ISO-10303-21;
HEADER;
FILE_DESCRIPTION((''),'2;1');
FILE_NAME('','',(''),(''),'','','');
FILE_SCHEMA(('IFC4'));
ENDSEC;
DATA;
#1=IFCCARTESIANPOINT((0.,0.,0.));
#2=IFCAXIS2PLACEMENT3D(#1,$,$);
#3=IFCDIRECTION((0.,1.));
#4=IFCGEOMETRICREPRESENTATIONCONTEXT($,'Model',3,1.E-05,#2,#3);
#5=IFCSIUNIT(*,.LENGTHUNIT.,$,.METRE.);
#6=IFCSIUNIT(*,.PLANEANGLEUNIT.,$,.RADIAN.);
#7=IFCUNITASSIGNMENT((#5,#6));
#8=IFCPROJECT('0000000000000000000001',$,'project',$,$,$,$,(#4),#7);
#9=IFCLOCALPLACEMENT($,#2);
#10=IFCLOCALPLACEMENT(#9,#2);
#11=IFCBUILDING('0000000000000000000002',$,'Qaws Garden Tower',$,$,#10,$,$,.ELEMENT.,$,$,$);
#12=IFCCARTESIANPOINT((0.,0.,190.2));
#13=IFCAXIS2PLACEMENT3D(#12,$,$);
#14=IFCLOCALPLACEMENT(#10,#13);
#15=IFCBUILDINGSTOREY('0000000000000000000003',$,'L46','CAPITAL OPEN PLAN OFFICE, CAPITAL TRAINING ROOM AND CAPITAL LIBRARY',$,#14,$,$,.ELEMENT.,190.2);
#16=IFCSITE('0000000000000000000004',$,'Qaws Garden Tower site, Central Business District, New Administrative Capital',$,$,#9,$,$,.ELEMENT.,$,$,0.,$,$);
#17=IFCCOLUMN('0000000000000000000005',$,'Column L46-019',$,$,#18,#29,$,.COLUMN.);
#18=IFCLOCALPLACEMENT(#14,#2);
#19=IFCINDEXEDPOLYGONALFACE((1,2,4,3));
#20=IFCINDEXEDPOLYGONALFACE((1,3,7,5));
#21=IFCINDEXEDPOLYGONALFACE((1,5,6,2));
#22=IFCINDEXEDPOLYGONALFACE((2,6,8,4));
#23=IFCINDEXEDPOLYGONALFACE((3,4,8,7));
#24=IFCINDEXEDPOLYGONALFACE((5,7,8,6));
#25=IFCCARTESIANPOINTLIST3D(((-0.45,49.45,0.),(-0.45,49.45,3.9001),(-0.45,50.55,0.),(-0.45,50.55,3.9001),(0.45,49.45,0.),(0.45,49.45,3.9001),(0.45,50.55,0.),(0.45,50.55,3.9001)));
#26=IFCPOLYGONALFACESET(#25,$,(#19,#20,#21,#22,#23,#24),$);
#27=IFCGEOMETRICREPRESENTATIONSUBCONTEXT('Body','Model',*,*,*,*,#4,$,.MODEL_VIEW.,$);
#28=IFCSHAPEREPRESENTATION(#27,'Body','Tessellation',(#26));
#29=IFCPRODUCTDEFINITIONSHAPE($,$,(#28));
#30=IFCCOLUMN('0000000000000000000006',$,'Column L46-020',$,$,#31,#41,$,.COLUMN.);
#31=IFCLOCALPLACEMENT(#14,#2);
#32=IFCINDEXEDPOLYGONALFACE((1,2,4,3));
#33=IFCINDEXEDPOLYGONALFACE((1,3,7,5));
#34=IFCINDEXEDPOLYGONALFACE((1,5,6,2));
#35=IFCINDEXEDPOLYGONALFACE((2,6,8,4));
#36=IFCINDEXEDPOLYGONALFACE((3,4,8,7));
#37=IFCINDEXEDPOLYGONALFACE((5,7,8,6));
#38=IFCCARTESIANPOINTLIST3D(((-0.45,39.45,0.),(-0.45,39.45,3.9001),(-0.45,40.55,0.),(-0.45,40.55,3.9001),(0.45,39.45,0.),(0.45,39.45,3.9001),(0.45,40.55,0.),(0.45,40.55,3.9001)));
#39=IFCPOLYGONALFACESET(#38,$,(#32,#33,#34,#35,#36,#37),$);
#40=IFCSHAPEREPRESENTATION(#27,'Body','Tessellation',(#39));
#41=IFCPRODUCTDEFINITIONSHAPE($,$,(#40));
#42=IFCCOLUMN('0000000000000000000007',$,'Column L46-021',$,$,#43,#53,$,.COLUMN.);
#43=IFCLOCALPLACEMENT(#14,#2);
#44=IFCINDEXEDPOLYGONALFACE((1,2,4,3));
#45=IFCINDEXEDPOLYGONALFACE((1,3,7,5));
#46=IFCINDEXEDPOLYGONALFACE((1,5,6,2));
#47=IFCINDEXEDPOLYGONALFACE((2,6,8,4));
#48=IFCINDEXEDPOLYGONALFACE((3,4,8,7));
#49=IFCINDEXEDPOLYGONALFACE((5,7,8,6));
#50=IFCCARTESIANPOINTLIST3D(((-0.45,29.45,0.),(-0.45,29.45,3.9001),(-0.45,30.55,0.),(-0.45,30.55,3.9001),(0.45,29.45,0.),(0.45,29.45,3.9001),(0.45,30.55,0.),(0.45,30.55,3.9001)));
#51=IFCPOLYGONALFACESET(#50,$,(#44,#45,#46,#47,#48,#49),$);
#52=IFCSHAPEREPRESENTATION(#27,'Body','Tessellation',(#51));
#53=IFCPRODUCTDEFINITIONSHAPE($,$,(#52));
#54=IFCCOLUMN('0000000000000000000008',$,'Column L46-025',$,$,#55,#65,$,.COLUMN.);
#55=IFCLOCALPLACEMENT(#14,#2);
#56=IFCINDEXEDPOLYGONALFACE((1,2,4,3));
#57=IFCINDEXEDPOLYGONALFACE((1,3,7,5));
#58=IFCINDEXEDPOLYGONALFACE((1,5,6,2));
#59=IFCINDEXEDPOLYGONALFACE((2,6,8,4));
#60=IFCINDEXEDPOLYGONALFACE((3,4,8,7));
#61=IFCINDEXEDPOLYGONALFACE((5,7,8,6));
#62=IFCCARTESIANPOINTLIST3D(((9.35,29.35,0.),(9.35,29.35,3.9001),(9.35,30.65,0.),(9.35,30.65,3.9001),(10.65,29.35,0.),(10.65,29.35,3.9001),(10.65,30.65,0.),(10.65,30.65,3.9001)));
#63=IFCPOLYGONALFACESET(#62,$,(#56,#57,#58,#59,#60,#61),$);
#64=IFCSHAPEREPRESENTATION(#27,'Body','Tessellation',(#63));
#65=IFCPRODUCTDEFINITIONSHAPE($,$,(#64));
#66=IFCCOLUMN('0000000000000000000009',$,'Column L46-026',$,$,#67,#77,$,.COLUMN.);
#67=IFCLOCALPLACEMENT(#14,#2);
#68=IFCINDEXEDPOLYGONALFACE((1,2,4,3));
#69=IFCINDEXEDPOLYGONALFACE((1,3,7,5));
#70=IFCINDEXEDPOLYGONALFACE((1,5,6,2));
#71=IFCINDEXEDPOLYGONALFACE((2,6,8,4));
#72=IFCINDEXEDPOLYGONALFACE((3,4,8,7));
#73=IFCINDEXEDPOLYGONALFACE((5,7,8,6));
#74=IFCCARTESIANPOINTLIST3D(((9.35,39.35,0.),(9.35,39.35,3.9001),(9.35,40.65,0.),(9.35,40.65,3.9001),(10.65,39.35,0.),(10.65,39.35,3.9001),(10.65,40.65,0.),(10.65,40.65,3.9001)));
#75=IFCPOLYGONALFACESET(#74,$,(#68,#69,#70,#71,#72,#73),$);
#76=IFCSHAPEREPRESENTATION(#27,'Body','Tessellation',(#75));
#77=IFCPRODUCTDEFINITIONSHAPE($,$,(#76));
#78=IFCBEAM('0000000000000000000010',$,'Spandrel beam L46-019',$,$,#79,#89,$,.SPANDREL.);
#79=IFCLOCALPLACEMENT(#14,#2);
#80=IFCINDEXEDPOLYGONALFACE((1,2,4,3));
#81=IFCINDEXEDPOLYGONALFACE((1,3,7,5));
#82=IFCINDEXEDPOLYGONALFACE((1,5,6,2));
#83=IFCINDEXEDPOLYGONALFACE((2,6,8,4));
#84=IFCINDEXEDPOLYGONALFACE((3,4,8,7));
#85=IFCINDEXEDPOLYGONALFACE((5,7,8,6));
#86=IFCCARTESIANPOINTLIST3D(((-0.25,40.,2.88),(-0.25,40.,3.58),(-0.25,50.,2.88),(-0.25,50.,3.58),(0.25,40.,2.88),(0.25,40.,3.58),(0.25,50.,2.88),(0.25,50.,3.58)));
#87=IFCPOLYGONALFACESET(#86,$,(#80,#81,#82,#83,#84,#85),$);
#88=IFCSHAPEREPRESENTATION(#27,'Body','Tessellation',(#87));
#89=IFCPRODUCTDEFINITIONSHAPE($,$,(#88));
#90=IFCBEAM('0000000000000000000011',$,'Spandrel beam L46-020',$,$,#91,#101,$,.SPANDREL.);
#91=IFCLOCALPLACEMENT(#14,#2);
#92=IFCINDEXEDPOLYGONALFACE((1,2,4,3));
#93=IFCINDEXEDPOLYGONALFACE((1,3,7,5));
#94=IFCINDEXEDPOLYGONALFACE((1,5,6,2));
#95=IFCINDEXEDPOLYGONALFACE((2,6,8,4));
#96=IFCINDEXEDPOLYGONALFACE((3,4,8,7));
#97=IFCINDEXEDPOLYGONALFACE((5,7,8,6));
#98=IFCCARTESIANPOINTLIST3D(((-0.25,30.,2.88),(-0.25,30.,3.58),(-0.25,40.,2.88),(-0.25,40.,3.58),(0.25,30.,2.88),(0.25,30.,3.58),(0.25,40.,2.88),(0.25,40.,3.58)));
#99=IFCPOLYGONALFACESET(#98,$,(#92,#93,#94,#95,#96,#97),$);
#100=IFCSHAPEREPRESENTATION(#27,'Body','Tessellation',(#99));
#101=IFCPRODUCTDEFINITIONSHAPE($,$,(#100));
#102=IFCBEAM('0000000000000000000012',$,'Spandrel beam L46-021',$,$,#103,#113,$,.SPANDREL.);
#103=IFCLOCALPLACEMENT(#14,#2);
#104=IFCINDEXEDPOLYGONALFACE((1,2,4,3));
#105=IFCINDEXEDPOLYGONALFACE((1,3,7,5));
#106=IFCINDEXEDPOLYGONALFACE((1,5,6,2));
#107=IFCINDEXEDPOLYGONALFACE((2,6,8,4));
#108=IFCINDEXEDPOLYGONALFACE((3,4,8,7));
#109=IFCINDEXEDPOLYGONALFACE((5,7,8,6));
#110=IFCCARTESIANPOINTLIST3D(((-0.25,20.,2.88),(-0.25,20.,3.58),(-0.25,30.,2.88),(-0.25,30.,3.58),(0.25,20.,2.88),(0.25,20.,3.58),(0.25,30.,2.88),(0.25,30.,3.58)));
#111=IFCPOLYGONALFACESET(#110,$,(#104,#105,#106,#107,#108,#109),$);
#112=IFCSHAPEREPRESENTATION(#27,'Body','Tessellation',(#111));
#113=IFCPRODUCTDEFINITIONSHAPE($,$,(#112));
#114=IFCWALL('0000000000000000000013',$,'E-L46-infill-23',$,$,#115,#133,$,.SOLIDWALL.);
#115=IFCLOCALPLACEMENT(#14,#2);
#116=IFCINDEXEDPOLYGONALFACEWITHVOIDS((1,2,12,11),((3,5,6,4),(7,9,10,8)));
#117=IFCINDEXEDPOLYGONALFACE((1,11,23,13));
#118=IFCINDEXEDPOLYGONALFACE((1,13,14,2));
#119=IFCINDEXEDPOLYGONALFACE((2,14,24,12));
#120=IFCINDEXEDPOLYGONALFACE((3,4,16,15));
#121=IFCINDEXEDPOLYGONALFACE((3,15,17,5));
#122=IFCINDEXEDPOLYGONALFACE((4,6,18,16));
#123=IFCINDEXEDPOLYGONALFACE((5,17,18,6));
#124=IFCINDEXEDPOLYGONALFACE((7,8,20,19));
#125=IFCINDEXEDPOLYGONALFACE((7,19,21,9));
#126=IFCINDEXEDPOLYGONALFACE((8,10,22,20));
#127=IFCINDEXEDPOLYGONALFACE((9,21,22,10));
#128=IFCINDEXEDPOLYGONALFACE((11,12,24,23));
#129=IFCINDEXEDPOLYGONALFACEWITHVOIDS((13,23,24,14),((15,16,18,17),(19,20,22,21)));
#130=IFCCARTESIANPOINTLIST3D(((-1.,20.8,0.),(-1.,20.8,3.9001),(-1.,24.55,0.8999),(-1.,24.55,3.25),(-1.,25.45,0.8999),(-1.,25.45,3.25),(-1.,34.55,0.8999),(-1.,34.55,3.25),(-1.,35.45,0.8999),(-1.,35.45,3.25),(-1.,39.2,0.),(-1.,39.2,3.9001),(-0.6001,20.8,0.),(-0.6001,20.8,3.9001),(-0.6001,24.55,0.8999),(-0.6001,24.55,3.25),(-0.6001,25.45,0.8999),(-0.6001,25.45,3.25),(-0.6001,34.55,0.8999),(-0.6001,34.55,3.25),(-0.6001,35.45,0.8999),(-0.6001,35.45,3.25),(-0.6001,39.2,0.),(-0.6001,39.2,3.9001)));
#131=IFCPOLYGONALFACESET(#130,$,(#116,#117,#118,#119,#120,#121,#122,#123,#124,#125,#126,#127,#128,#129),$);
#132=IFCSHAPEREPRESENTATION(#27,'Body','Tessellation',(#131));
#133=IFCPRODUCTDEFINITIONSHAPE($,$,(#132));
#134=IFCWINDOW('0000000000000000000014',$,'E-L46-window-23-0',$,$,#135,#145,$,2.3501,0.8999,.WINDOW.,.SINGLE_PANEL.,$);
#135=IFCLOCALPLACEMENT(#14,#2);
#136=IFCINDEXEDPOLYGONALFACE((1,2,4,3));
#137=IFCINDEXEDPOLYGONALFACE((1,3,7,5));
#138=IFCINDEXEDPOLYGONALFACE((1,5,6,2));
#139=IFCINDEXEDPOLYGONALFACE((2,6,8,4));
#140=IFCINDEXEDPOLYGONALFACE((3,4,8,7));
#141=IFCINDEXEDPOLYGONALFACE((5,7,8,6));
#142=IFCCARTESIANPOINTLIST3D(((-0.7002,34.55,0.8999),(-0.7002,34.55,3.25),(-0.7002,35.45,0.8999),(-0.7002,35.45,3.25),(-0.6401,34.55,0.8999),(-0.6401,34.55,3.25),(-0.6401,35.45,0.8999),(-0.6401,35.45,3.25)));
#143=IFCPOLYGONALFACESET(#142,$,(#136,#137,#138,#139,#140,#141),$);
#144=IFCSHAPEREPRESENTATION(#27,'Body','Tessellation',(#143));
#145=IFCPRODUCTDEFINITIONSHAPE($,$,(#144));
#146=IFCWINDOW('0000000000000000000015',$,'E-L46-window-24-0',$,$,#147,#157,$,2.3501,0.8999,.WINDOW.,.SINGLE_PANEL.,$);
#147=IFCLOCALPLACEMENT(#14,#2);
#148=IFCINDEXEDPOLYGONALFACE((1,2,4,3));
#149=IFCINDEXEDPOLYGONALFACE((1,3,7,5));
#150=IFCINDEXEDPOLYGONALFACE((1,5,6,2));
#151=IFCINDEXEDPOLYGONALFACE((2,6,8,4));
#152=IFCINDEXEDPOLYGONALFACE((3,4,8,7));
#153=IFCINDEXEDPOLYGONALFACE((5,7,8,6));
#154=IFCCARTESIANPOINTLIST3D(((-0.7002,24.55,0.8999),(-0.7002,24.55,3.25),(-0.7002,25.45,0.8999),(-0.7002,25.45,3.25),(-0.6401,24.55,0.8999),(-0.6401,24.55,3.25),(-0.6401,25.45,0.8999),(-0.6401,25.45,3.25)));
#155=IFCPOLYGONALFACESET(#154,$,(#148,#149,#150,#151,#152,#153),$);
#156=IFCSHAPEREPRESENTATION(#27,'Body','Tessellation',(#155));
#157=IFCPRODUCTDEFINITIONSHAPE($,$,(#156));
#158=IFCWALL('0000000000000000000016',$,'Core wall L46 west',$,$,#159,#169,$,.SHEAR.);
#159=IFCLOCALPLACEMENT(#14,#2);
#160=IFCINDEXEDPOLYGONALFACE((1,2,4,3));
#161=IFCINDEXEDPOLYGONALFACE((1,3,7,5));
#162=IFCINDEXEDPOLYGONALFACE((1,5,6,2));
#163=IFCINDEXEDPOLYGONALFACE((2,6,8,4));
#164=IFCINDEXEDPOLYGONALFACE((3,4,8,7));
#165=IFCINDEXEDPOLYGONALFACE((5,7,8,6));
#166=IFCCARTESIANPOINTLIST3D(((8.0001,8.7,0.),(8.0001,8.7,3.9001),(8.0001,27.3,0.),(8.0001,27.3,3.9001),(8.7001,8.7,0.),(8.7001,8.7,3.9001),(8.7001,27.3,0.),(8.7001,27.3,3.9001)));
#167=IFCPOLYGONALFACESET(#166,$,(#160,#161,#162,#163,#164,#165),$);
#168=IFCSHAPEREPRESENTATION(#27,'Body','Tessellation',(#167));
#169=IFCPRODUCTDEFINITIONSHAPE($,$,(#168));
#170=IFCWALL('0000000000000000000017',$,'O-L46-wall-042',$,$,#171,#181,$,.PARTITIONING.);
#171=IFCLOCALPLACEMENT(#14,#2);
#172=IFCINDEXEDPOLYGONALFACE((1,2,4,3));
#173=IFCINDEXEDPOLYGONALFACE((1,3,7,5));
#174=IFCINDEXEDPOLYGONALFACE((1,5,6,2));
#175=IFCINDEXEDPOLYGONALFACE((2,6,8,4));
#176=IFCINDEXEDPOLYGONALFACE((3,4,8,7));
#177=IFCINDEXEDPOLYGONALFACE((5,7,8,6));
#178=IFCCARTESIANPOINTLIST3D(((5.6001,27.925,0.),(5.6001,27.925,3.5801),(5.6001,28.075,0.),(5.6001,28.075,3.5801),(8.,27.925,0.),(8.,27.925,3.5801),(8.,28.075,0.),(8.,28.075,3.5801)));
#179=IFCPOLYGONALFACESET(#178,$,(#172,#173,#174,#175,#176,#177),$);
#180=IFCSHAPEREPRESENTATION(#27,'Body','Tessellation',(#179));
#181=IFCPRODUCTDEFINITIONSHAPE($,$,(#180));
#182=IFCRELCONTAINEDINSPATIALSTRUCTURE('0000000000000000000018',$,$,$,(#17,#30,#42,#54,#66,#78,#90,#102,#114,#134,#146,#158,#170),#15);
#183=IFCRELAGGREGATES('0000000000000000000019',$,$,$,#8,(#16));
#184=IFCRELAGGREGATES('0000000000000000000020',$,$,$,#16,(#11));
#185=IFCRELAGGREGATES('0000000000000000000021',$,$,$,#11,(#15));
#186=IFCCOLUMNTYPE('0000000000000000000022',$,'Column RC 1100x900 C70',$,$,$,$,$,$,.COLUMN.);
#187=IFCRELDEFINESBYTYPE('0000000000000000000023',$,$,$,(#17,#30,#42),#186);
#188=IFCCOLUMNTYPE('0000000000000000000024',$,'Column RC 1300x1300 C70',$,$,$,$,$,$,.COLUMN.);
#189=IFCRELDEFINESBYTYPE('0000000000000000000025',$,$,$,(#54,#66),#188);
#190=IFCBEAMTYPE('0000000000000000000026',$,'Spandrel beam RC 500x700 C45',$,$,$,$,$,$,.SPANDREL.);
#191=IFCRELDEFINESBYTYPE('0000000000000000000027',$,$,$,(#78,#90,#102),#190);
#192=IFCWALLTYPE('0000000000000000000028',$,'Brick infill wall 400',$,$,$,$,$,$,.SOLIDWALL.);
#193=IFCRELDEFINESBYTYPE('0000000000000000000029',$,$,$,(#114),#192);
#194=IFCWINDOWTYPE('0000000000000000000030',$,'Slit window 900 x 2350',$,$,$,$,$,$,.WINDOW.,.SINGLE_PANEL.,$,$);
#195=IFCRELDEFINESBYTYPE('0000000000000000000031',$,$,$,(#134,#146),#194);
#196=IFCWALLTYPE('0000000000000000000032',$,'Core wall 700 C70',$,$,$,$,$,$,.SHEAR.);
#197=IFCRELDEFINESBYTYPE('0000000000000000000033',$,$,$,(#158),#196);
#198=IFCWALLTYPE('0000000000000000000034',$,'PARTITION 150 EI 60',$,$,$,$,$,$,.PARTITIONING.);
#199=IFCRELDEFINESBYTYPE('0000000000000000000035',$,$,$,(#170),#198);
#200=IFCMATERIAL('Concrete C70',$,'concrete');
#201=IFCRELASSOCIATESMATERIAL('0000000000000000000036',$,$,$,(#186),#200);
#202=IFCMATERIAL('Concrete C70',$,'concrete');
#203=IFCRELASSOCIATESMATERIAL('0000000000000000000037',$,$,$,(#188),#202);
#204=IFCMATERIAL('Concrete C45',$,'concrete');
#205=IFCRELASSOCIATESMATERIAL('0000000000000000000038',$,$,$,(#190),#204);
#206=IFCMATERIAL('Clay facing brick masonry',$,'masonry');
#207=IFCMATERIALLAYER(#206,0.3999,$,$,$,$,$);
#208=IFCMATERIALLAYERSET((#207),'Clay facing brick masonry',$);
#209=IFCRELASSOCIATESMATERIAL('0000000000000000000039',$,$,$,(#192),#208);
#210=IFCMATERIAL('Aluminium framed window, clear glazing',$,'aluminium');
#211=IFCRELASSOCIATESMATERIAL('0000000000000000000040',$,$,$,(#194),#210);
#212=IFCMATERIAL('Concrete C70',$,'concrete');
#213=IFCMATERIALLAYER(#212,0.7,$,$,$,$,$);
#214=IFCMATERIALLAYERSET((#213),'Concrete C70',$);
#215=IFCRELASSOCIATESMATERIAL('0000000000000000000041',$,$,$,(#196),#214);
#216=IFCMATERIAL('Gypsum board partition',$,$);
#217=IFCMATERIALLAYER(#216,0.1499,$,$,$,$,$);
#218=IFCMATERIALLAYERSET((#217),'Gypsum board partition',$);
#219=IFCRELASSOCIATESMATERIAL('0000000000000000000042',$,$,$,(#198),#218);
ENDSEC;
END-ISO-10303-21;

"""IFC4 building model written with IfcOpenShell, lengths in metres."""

from ifc_helpers import new_model, si_unit, direction, frame, frame_2d, origin, origin_2d, place, context, subcontext, project, spatial, rectangle, extrude, material, layer, layer_set, material_profile, profile_set, type_object, element, fill, save


model = new_model("IFC4")

# Units and contexts
model_context = context("Model", 3, precision=1e-05, world=origin(), true_north=direction((0.0, 1.0)))
body_context = subcontext(model_context, "Body", "Model", "MODEL_VIEW")
ifc_project = project(units=[si_unit("LENGTHUNIT", "METRE"), si_unit("PLANEANGLEUNIT", "RADIAN")], contexts=[model_context])

# Site, building, storey
site_placement = place(None, origin())
site = spatial("IfcSite", under=ifc_project, at=site_placement, Name="Qaws Garden Tower site, Central Business District, New Administrative Capital", CompositionType="ELEMENT", RefElevation=0.0)
building_placement = place(site_placement, origin())
building = spatial("IfcBuilding", under=site, at=building_placement, Name="Qaws Garden Tower", CompositionType="ELEMENT")
storey_placement = place(building_placement, frame((0.0, 0.0, 190.2)))
storey = spatial("IfcBuildingStorey", under=building, at=storey_placement, Name="L46", Description="CAPITAL OPEN PLAN OFFICE, CAPITAL TRAINING ROOM AND CAPITAL LIBRARY", CompositionType="ELEMENT", Elevation=190.2)

# Columns
ifc_material_1 = material(Name="Concrete C70", Category="concrete")
ifc_material_profile_1 = material_profile(ifc_material_1, rectangle(XDim=1.1001, YDim=0.8999, at=origin_2d()), Name="RC 1100x900")
ifc_profile_set_1 = profile_set([ifc_material_profile_1], Name="Concrete C70")
column_type_1 = type_object("IfcColumnType", Name="Column RC 1100x900 C70", PredefinedType="COLUMN", material=ifc_profile_set_1)
for number, where, z_axis, x_axis, name in (
    (1, (0.0, 50.0, 0.0), (0.0, 0.0, 1.0), (0.0, 1.0, 0.0), "Column L46-019"),
    (2, (0.0, 40.0, 0.0), (0.0, 0.0, 1.0), (0.0, 1.0, 0.0), "Column L46-020"),
    (3, (0.0, 30.0, 0.0), (0.0, 0.0, 1.0), (0.0, 1.0, 0.0), "Column L46-021"),
):
    element("IfcColumn", number, at=place(storey_placement, frame(where, z_axis=z_axis, x_axis=x_axis)), inside=storey, type_object=column_type_1, Name=name, PredefinedType="COLUMN", context=body_context, shape_type="SweptSolid", body=[
        extrude(rectangle(XDim=1.1001, YDim=0.8999, at=origin_2d()), origin(), (0.0, 0.0, 1.0), 3.9001),
    ])
ifc_material_2 = material(Name="Concrete C70", Category="concrete")
ifc_material_profile_2 = material_profile(ifc_material_2, rectangle(XDim=1.3, YDim=1.3, at=origin_2d()), Name="RC 1300x1300")
ifc_profile_set_2 = profile_set([ifc_material_profile_2], Name="Concrete C70")
column_type_2 = type_object("IfcColumnType", Name="Column RC 1300x1300 C70", PredefinedType="COLUMN", material=ifc_profile_set_2)
for number, where, z_axis, x_axis, name in (
    (4, (10.0, 30.0, 0.0), (0.0, 0.0, 1.0), (1.0, 0.0, 0.0), "Column L46-025"),
    (5, (10.0, 40.0, 0.0), (0.0, 0.0, 1.0), (1.0, 0.0, 0.0), "Column L46-026"),
):
    element("IfcColumn", number, at=place(storey_placement, frame(where, z_axis=z_axis, x_axis=x_axis)), inside=storey, type_object=column_type_2, Name=name, PredefinedType="COLUMN", context=body_context, shape_type="SweptSolid", body=[
        extrude(rectangle(XDim=1.3, YDim=1.3, at=origin_2d()), origin(), (0.0, 0.0, 1.0), 3.9001),
    ])

# Beams
ifc_material_3 = material(Name="Concrete C45", Category="concrete")
ifc_material_profile_3 = material_profile(ifc_material_3, rectangle(XDim=0.5, YDim=0.7, at=origin_2d()), Name="RC 500x700")
ifc_profile_set_3 = profile_set([ifc_material_profile_3], Name="Concrete C45")
beam_type = type_object("IfcBeamType", Name="Spandrel beam RC 500x700 C45", PredefinedType="SPANDREL", material=ifc_profile_set_3)
for number, where, z_axis, x_axis, name in (
    (6, (0.0, 50.0, 3.23), (0.0, -1.0, 0.0), (1.0, 0.0, 0.0), "Spandrel beam L46-019"),
    (7, (0.0, 40.0, 3.23), (0.0, -1.0, 0.0), (1.0, 0.0, 0.0), "Spandrel beam L46-020"),
    (8, (0.0, 30.0, 3.23), (0.0, -1.0, 0.0), (1.0, 0.0, 0.0), "Spandrel beam L46-021"),
):
    element("IfcBeam", number, at=place(storey_placement, frame(where, z_axis=z_axis, x_axis=x_axis)), inside=storey, type_object=beam_type, Name=name, PredefinedType="SPANDREL", context=body_context, shape_type="SweptSolid", body=[
        extrude(rectangle(XDim=0.5, YDim=0.7, at=origin_2d()), origin(), (0.0, 0.0, 1.0), 10.0),
    ])

# Wall, openings, windows
ifc_material_4 = material(Name="Clay facing brick masonry", Category="masonry")
ifc_layer_1 = layer(ifc_material_4, 0.3999)
ifc_layer_set_1 = layer_set([ifc_layer_1], Name="Clay facing brick masonry")
wall_type_1 = type_object("IfcWallType", Name="Brick infill wall 400", PredefinedType="SOLIDWALL", material=ifc_layer_set_1)
wall_1_placement = place(storey_placement, frame((-0.8, 39.2, 0.0), z_axis=(0.0, 0.0, 1.0), x_axis=(0.0, -1.0, 0.0)))
wall_1 = element("IfcWall", 9, at=wall_1_placement, inside=storey, type_object=wall_type_1, Name="E-L46-infill-23", PredefinedType="SOLIDWALL", context=body_context, shape_type="SweptSolid", body=[
    extrude(rectangle(XDim=18.3999, YDim=0.3999, at=frame_2d((9.2, 0.0))), origin(), (0.0, 0.0, 1.0), 3.9001),
])
opening_1_placement = place(wall_1_placement, frame((3.75, 0.0, 0.8999)))
opening_1 = element("IfcOpeningElement", 10, at=opening_1_placement, cuts=wall_1, PredefinedType="OPENING", context=body_context, shape_type="SweptSolid", body=[
    extrude(rectangle(XDim=0.8999, YDim=2.3501, at=frame_2d((0.45, 1.175))), frame((0.0, 0.21, 0.0), z_axis=(0.0, -1.0, 0.0), x_axis=(1.0, 0.0, 0.0)), (0.0, 0.0, 1.0), 0.4199),
])
opening_2_placement = place(wall_1_placement, frame((13.75, 0.0, 0.8999)))
opening_2 = element("IfcOpeningElement", 11, at=opening_2_placement, cuts=wall_1, PredefinedType="OPENING", context=body_context, shape_type="SweptSolid", body=[
    extrude(rectangle(XDim=0.8999, YDim=2.3501, at=frame_2d((0.45, 1.175))), frame((0.0, 0.21, 0.0), z_axis=(0.0, -1.0, 0.0), x_axis=(1.0, 0.0, 0.0)), (0.0, 0.0, 1.0), 0.4199),
])
ifc_material_5 = material(Name="Aluminium framed window, clear glazing", Category="aluminium")
window_type = type_object("IfcWindowType", Name="Slit window 900 x 2350", PartitioningType="SINGLE_PANEL", PredefinedType="WINDOW", material=ifc_material_5)
window_1_placement = place(opening_1_placement, origin())
window_1 = element("IfcWindow", 12, at=window_1_placement, inside=storey, type_object=window_type, Name="E-L46-window-23-0", OverallHeight=2.3501, OverallWidth=0.8999, PartitioningType="SINGLE_PANEL", PredefinedType="WINDOW", context=body_context, shape_type="SweptSolid", body=[
    extrude(rectangle(XDim=0.8999, YDim=2.3501, at=frame_2d((0.45, 1.175))), frame((0.0, 0.1599, 0.0), z_axis=(0.0, -1.0, 0.0), x_axis=(1.0, 0.0, 0.0)), (0.0, 0.0, 1.0), 0.0601),
])
fill(opening_1, window_1)
window_2_placement = place(opening_2_placement, origin())
window_2 = element("IfcWindow", 13, at=window_2_placement, inside=storey, type_object=window_type, Name="E-L46-window-24-0", OverallHeight=2.3501, OverallWidth=0.8999, PartitioningType="SINGLE_PANEL", PredefinedType="WINDOW", context=body_context, shape_type="SweptSolid", body=[
    extrude(rectangle(XDim=0.8999, YDim=2.3501, at=frame_2d((0.45, 1.175))), frame((0.0, 0.1599, 0.0), z_axis=(0.0, -1.0, 0.0), x_axis=(1.0, 0.0, 0.0)), (0.0, 0.0, 1.0), 0.0601),
])
fill(opening_2, window_2)

# Walls
ifc_material_6 = material(Name="Concrete C70", Category="concrete")
ifc_layer_2 = layer(ifc_material_6, 0.7)
ifc_layer_set_2 = layer_set([ifc_layer_2], Name="Concrete C70")
wall_type_2 = type_object("IfcWallType", Name="Core wall 700 C70", PredefinedType="SHEAR", material=ifc_layer_set_2)
wall_2_placement = place(storey_placement, frame((8.3501, 27.3, 0.0), z_axis=(0.0, 0.0, 1.0), x_axis=(0.0, -1.0, 0.0)))
element("IfcWall", 14, at=wall_2_placement, inside=storey, type_object=wall_type_2, Name="Core wall L46 west", PredefinedType="SHEAR", context=body_context, shape_type="SweptSolid", body=[
    extrude(rectangle(XDim=18.6001, YDim=0.7, at=frame_2d((9.3, 0.0))), origin(), (0.0, 0.0, 1.0), 3.9001),
])
ifc_material_7 = material(Name="Gypsum board partition")
ifc_layer_3 = layer(ifc_material_7, 0.1499)
ifc_layer_set_3 = layer_set([ifc_layer_3], Name="Gypsum board partition")
wall_type_3 = type_object("IfcWallType", Name="PARTITION 150 EI 60", PredefinedType="PARTITIONING", material=ifc_layer_set_3)
wall_3_placement = place(storey_placement, frame((5.6001, 28.0, 0.0), z_axis=(0.0, 0.0, 1.0), x_axis=(1.0, 0.0, 0.0)))
element("IfcWall", 15, at=wall_3_placement, inside=storey, type_object=wall_type_3, Name="O-L46-wall-042", PredefinedType="PARTITIONING", context=body_context, shape_type="SweptSolid", body=[
    extrude(rectangle(XDim=2.3999, YDim=0.1499, at=frame_2d((1.2, 0.0))), origin(), (0.0, 0.0, 1.0), 3.5801),
])

save(model, "model.ifc")
